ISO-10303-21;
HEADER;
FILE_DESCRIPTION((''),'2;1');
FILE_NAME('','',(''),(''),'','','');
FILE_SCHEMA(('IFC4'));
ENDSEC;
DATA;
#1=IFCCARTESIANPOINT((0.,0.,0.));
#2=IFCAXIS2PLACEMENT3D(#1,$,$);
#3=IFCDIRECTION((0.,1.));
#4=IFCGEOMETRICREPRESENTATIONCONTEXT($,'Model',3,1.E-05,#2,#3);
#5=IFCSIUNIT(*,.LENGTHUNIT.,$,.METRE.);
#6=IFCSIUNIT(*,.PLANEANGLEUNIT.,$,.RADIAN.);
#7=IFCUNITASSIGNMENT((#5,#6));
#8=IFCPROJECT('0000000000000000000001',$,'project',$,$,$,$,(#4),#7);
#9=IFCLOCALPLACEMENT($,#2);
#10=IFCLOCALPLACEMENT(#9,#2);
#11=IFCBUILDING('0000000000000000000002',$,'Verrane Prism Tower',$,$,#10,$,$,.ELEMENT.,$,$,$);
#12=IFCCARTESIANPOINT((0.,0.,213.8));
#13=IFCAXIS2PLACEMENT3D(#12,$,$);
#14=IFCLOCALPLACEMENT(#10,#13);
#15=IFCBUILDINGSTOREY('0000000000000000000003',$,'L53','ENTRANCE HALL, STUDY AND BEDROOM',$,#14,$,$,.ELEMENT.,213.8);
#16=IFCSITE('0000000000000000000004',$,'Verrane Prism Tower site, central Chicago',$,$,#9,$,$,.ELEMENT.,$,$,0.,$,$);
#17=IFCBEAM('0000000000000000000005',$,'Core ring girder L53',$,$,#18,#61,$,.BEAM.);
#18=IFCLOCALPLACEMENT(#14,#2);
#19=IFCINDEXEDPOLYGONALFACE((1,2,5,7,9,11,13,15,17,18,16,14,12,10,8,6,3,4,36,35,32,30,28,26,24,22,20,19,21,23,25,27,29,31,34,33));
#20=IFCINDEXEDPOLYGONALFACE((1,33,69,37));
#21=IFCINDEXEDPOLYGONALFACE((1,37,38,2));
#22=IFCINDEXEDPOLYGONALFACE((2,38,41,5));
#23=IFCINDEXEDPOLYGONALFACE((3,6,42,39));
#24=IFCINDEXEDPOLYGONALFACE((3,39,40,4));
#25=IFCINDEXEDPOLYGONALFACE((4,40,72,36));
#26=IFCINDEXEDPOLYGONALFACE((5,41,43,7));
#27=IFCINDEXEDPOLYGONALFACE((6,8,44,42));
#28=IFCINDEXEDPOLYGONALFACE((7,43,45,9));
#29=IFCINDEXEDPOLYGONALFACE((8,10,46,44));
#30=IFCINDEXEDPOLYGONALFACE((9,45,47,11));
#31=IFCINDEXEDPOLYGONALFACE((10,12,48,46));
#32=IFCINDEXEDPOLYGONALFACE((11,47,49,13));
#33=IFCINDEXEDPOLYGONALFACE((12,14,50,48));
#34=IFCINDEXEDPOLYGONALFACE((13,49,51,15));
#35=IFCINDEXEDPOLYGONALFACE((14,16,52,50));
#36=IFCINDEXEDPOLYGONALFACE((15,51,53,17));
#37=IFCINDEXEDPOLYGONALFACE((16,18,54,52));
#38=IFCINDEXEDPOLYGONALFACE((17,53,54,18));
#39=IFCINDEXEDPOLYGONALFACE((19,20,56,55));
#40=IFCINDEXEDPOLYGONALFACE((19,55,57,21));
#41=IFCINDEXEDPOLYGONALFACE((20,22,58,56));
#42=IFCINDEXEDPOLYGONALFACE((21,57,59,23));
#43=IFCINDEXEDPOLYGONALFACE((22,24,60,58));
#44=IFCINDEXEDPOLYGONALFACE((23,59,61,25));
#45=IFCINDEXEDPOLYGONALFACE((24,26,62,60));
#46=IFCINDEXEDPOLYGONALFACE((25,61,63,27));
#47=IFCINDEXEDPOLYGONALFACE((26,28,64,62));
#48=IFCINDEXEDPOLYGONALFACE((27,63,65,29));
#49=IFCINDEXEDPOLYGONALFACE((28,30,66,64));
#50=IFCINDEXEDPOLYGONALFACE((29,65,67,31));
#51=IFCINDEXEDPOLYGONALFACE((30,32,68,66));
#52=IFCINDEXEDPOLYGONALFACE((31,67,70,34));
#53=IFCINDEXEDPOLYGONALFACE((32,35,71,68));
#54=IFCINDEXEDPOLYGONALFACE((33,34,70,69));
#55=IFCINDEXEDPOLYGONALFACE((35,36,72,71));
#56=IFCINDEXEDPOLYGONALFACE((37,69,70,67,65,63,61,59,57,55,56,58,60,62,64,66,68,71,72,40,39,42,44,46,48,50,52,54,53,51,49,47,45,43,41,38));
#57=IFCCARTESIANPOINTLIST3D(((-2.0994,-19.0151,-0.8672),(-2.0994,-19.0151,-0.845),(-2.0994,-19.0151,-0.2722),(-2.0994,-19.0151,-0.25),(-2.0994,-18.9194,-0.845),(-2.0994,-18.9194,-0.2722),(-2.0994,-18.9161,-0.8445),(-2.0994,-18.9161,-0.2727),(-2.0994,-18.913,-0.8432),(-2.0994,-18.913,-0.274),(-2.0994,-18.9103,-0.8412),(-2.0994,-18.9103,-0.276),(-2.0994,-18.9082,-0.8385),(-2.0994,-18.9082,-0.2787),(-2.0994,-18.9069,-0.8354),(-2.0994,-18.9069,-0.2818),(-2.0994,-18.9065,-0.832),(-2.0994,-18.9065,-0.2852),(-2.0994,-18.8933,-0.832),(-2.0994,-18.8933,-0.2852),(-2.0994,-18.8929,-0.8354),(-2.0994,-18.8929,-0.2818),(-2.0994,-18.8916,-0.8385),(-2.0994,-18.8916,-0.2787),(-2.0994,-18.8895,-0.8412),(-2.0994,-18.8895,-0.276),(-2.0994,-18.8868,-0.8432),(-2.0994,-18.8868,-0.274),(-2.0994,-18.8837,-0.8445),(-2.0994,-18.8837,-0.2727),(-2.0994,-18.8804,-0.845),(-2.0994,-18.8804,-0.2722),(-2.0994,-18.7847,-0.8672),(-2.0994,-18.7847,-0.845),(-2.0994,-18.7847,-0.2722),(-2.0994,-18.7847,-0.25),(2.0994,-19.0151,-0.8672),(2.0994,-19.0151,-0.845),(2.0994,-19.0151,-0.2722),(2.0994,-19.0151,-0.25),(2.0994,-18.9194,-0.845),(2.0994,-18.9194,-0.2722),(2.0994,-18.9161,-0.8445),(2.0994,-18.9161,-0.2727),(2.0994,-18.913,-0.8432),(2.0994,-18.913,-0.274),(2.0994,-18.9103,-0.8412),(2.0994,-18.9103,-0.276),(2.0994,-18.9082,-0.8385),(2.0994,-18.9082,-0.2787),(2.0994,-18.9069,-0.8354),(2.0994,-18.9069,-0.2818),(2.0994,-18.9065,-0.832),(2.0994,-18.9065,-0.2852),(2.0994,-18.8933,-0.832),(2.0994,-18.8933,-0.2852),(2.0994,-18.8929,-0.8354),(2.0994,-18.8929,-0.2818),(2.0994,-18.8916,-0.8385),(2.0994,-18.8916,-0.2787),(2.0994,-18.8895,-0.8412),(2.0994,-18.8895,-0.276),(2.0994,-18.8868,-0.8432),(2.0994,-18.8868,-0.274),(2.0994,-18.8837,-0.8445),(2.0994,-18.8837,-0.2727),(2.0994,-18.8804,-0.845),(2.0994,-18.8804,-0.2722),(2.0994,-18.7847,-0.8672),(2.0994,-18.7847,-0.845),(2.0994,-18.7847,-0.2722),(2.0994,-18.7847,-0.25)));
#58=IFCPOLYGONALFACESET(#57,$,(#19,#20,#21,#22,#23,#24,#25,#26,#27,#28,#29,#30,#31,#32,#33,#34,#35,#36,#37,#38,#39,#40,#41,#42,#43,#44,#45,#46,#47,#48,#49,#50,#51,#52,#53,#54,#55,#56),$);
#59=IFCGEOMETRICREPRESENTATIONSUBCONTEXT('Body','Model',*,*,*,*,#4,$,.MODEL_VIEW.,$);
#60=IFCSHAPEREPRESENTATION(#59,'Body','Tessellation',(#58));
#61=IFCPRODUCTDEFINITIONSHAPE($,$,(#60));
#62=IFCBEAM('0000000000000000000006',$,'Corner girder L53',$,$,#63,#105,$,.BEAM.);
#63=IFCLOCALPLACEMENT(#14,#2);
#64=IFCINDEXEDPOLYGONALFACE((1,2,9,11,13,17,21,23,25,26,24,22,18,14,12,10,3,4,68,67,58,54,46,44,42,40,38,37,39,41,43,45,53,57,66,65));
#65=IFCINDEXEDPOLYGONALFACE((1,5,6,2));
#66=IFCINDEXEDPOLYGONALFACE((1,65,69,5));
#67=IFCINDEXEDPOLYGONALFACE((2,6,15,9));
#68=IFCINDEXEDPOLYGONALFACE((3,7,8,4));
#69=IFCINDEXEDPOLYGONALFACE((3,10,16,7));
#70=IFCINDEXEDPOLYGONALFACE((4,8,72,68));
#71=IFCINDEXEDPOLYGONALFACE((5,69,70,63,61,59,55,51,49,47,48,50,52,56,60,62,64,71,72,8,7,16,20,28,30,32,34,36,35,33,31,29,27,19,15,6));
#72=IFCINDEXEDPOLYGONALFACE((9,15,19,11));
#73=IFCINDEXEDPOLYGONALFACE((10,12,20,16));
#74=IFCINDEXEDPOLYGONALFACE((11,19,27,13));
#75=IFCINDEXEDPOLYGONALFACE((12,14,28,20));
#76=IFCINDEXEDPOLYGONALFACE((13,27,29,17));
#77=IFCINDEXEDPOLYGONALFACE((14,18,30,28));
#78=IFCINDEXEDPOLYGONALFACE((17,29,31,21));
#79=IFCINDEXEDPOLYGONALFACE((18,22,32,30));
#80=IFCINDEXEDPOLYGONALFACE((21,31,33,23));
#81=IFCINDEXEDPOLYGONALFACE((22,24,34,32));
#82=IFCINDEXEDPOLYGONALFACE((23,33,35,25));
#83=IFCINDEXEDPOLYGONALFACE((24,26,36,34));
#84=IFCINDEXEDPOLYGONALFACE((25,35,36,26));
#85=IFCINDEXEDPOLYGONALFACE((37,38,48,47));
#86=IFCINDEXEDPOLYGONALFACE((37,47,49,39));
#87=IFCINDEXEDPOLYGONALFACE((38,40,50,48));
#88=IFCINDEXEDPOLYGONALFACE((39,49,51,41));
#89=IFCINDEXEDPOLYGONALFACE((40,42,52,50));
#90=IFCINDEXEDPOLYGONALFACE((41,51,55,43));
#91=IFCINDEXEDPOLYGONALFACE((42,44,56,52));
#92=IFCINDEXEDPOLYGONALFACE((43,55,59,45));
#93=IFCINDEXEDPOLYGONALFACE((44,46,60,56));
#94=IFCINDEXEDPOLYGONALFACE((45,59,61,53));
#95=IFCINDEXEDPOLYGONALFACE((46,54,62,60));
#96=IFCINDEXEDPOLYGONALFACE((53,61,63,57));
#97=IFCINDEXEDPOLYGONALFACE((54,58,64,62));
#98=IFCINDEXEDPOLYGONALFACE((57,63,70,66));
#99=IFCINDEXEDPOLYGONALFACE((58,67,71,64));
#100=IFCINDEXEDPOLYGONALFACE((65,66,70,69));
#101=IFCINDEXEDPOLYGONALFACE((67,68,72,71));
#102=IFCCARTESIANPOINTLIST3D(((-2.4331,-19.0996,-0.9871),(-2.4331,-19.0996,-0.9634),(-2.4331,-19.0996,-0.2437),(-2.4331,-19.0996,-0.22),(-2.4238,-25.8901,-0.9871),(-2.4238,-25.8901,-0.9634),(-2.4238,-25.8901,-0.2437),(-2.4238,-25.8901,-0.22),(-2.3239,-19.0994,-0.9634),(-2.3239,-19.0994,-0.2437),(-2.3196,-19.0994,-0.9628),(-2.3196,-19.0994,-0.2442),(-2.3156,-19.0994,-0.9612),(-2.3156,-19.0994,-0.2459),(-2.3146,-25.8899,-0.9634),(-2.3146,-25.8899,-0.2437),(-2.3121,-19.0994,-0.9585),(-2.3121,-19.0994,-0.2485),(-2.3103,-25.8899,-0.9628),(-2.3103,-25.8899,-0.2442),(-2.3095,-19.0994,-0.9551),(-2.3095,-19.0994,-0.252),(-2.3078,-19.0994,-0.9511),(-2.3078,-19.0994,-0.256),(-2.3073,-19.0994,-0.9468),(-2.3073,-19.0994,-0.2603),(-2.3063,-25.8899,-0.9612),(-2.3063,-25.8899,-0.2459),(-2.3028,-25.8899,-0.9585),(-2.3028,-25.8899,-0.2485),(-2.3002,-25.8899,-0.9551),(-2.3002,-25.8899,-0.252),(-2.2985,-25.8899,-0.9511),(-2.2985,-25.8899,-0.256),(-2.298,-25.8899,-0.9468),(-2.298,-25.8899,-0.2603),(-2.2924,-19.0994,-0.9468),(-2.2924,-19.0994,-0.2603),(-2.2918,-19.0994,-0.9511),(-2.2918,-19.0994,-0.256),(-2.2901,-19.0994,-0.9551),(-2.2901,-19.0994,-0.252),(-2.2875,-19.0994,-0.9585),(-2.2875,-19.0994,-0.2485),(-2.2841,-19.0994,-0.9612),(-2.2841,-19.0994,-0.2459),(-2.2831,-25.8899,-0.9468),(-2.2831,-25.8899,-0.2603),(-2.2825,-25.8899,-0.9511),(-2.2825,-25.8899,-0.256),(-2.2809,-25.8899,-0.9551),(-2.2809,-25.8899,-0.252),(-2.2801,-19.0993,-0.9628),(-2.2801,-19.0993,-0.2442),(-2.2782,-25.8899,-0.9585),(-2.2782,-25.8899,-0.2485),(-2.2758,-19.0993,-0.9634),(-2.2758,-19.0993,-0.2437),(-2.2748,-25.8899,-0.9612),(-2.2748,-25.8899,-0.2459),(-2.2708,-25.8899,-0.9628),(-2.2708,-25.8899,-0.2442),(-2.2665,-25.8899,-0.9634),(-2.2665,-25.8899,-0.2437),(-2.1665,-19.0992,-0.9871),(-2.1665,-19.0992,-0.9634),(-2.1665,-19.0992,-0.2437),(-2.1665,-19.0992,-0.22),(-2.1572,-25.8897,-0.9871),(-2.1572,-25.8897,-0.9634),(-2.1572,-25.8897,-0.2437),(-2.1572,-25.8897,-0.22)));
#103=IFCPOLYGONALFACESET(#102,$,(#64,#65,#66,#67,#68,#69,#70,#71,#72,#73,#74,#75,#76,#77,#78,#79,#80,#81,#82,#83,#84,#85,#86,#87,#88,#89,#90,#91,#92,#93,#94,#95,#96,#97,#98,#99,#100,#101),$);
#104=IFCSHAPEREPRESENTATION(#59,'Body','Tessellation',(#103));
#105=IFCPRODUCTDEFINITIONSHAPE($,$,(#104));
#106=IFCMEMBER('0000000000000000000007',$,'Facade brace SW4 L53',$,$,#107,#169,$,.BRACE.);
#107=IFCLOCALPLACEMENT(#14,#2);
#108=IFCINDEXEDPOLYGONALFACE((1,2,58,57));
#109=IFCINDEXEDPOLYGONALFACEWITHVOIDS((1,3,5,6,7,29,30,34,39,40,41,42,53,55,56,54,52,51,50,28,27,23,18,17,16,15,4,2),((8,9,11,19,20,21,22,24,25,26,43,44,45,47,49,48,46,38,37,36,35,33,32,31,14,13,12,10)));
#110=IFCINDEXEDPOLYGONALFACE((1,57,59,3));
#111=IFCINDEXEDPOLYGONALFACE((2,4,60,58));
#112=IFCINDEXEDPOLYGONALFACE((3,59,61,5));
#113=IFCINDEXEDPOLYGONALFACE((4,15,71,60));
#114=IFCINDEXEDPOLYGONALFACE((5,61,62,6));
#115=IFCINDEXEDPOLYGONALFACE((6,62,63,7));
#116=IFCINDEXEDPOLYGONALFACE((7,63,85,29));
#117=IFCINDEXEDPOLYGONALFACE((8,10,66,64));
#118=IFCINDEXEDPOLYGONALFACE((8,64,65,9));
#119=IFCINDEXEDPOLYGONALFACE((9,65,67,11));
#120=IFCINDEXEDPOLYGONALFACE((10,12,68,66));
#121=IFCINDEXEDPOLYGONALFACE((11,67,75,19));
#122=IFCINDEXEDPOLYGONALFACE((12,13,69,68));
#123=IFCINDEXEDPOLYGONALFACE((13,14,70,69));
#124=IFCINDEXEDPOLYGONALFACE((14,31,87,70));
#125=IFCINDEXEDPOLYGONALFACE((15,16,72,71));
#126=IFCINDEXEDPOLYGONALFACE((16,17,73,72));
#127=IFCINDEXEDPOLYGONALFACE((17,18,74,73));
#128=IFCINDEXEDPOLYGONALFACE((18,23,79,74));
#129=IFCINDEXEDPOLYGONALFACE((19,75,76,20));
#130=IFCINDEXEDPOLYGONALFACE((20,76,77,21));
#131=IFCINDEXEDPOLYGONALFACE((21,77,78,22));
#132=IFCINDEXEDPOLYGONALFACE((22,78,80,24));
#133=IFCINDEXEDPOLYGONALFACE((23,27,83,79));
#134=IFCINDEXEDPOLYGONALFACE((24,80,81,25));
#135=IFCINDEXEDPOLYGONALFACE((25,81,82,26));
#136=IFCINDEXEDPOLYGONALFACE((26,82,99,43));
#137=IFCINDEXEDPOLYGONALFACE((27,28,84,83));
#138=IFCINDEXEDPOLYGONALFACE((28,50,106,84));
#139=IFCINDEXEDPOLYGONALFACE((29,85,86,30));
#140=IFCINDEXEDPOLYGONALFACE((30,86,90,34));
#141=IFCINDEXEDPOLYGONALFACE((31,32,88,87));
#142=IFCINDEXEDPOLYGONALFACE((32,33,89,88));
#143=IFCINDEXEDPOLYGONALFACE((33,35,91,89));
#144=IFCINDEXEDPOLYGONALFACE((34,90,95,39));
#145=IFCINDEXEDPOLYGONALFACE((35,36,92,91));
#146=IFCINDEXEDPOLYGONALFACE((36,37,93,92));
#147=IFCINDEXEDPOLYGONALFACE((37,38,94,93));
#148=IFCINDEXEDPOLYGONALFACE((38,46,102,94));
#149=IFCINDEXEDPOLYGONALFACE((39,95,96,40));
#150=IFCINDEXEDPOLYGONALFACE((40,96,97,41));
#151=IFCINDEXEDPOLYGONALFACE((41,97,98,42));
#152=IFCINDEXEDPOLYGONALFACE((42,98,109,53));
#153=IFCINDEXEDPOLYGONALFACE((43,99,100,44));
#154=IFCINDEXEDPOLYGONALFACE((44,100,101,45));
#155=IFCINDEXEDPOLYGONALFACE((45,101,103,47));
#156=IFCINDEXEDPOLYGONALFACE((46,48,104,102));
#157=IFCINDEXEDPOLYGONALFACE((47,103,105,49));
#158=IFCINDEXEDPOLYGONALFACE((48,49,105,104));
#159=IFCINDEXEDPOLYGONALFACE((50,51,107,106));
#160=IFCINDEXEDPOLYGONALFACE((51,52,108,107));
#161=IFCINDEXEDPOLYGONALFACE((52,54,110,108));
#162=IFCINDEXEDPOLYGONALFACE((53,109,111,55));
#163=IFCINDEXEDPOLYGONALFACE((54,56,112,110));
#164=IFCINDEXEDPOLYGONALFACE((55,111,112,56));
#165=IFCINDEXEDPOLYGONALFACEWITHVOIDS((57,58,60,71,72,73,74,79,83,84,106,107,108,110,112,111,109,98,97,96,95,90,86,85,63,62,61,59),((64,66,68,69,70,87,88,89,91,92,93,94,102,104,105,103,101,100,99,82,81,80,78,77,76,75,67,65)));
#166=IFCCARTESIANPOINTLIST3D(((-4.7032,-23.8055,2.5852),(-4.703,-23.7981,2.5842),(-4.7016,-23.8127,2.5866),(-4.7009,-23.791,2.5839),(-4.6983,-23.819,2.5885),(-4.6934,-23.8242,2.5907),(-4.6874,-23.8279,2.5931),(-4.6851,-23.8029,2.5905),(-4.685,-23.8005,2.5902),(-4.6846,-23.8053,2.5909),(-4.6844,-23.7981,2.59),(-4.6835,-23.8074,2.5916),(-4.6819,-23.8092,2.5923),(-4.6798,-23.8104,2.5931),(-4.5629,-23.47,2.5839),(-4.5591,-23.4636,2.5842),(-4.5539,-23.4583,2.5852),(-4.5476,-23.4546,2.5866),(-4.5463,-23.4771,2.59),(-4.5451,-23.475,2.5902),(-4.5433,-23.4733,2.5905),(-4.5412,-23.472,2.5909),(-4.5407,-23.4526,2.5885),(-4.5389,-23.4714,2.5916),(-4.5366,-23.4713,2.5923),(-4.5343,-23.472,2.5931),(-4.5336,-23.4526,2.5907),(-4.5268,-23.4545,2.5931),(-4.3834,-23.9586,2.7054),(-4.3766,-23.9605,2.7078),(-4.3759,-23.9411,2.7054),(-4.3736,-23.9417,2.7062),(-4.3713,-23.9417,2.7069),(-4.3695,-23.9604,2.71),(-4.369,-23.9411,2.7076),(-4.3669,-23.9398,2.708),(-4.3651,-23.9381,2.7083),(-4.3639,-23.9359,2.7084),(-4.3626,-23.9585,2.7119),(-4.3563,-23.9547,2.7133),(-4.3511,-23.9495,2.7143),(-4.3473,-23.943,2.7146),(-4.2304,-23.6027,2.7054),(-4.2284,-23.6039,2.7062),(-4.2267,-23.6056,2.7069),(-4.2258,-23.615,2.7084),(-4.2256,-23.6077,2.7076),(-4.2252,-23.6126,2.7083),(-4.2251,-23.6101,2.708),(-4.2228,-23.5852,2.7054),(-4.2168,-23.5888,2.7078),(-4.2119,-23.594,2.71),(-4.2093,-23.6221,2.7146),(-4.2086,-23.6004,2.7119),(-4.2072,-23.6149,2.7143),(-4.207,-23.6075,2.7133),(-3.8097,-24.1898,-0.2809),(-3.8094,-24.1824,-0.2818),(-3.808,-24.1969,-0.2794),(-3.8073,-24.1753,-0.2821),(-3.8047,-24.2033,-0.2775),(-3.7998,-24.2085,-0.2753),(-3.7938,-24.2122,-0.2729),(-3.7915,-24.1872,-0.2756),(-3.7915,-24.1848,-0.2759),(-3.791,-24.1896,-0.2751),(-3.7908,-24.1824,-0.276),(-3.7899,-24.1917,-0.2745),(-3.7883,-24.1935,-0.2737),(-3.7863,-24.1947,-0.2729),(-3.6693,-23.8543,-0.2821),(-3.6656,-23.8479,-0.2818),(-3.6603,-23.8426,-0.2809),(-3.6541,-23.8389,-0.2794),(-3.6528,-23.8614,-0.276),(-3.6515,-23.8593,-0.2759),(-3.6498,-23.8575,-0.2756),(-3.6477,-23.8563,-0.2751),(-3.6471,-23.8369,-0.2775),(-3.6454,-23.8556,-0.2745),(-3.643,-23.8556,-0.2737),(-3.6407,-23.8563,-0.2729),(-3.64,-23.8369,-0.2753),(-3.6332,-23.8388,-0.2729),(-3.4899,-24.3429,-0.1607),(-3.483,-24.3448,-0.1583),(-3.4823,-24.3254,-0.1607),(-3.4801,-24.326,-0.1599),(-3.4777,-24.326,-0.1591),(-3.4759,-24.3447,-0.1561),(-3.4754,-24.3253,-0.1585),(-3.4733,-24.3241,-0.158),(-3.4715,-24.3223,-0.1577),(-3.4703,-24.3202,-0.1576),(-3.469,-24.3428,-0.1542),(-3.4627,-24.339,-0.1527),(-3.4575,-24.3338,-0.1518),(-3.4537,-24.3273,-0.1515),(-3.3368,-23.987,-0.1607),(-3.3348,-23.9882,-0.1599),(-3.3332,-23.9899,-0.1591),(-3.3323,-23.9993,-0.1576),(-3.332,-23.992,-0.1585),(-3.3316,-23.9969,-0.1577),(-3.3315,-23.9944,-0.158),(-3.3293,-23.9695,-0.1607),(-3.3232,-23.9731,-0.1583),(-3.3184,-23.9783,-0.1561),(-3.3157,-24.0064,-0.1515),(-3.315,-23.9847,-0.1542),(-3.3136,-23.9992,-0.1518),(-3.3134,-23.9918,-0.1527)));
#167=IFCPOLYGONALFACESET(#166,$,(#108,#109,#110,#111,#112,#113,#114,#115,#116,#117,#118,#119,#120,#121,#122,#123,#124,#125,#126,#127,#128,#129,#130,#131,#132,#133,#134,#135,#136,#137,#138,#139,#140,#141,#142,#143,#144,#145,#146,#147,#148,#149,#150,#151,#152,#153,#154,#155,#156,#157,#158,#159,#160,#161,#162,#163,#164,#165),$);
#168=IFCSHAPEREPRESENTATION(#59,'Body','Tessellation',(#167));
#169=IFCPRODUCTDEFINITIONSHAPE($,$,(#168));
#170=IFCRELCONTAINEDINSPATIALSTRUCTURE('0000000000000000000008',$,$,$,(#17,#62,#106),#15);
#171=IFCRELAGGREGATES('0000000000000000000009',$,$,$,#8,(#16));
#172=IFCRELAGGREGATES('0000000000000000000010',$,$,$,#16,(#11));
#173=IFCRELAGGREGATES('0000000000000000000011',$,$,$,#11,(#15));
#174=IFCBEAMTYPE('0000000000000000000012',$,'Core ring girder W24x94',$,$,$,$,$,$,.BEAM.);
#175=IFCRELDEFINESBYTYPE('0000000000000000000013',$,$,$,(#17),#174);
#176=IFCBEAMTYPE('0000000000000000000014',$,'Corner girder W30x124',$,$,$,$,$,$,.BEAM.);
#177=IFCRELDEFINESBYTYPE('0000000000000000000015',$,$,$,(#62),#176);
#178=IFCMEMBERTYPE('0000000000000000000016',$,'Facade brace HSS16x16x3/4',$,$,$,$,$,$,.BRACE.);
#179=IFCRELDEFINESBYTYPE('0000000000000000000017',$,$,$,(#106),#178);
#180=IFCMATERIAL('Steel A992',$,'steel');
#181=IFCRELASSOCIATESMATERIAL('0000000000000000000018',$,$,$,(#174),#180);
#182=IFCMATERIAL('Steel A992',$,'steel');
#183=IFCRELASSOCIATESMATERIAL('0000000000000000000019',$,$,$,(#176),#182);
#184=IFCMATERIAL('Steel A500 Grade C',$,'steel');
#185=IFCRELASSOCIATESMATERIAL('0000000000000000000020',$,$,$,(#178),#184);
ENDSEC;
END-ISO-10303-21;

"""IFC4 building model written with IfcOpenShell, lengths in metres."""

from ifc_helpers import new_model, si_unit, direction, frame, origin, origin_2d, place, context, subcontext, project, spatial, hollow_rectangle, i_section, extrude, material, material_profile, profile_set, type_object, element, save


model = new_model("IFC4")

# Units and contexts
model_context = context("Model", 3, precision=1e-05, world=origin(), true_north=direction((0.0, 1.0)))
body_context = subcontext(model_context, "Body", "Model", "MODEL_VIEW")
ifc_project = project(units=[si_unit("LENGTHUNIT", "METRE"), si_unit("PLANEANGLEUNIT", "RADIAN")], contexts=[model_context])

# Site, building, storey
site_placement = place(None, origin())
site = spatial("IfcSite", under=ifc_project, at=site_placement, Name="Verrane Prism Tower site, central Chicago", CompositionType="ELEMENT", RefElevation=0.0)
building_placement = place(site_placement, origin())
building = spatial("IfcBuilding", under=site, at=building_placement, Name="Verrane Prism Tower", CompositionType="ELEMENT")
storey_placement = place(building_placement, frame((0.0, 0.0, 213.8)))
storey = spatial("IfcBuildingStorey", under=building, at=storey_placement, Name="L53", Description="ENTRANCE HALL, STUDY AND BEDROOM", CompositionType="ELEMENT", Elevation=213.8)

# Beams
ifc_material_1 = material(Name="Steel A992", Category="steel")
ifc_material_profile_1 = material_profile(ifc_material_1, i_section(OverallWidth=0.2305, OverallDepth=0.6172, WebThickness=0.0132, FlangeThickness=0.0222, FilletRadius=0.0129, at=origin_2d()), Name="W24x94")
ifc_profile_set_1 = profile_set([ifc_material_profile_1], Name="Steel A992")
beam_type_1 = type_object("IfcBeamType", Name="Core ring girder W24x94", PredefinedType="BEAM", material=ifc_profile_set_1)
beam_1_placement = place(storey_placement, frame((-2.0994, -18.8999, -0.5586), z_axis=(1.0, 0.0, 0.0), x_axis=(0.0, 1.0, 0.0)))
element("IfcBeam", 1, at=beam_1_placement, inside=storey, type_object=beam_type_1, Name="Core ring girder L53", PredefinedType="BEAM", context=body_context, shape_type="SweptSolid", body=[
    extrude(i_section(OverallWidth=0.2305, OverallDepth=0.6172, WebThickness=0.0132, FlangeThickness=0.0222, FilletRadius=0.0129, at=origin_2d()), origin(), (0.0, 0.0, 1.0), 4.1987),
])
ifc_material_2 = material(Name="Steel A992", Category="steel")
ifc_material_profile_2 = material_profile(ifc_material_2, i_section(OverallWidth=0.2666, OverallDepth=0.7671, WebThickness=0.0149, FlangeThickness=0.0237, FilletRadius=0.0166, at=origin_2d()), Name="W30x124")
ifc_profile_set_2 = profile_set([ifc_material_profile_2], Name="Steel A992")
beam_type_2 = type_object("IfcBeamType", Name="Corner girder W30x124", PredefinedType="BEAM", material=ifc_profile_set_2)
beam_2_placement = place(storey_placement, frame((-2.2905, -25.8899, -0.6035), z_axis=(-0.001366, 0.999999, 0.0), x_axis=(-0.999999, -0.001366, 0.0)))
element("IfcBeam", 2, at=beam_2_placement, inside=storey, type_object=beam_type_2, Name="Corner girder L53", PredefinedType="BEAM", context=body_context, shape_type="SweptSolid", body=[
    extrude(i_section(OverallWidth=0.2666, OverallDepth=0.7671, WebThickness=0.0149, FlangeThickness=0.0237, FilletRadius=0.0166, at=origin_2d()), origin(), (0.0, 0.0, 1.0), 6.7905),
])

# Member
ifc_material_3 = material(Name="Steel A500 Grade C", Category="steel")
ifc_material_profile_3 = material_profile(ifc_material_3, hollow_rectangle(XDim=0.4065, YDim=0.4065, WallThickness=0.019, InnerFilletRadius=0.0095, OuterFilletRadius=0.0286, at=origin_2d()), Name="HSS16x16x3/4")
ifc_profile_set_3 = profile_set([ifc_material_profile_3], Name="Steel A500 Grade C")
member_type_1 = type_object("IfcMemberType", Name="Facade brace HSS16x16x3/4", PredefinedType="BRACE", material=ifc_profile_set_3)
member_1_placement = place(storey_placement, frame((-3.5615, -24.0908, -0.2168), z_axis=(-0.295241, 0.12697, 0.946949), x_axis=(-0.39507, -0.918651, 0.0)))
element("IfcMember", 3, at=member_1_placement, inside=storey, type_object=member_type_1, Name="Facade brace SW4 L53", PredefinedType="BRACE", context=body_context, shape_type="SweptSolid", body=[
    extrude(hollow_rectangle(XDim=0.4065, YDim=0.4065, WallThickness=0.019, InnerFilletRadius=0.0095, OuterFilletRadius=0.0286, at=origin_2d()), origin(), (0.0, 0.0, 1.0), 3.0266),
])

save(model, "model.ifc")
